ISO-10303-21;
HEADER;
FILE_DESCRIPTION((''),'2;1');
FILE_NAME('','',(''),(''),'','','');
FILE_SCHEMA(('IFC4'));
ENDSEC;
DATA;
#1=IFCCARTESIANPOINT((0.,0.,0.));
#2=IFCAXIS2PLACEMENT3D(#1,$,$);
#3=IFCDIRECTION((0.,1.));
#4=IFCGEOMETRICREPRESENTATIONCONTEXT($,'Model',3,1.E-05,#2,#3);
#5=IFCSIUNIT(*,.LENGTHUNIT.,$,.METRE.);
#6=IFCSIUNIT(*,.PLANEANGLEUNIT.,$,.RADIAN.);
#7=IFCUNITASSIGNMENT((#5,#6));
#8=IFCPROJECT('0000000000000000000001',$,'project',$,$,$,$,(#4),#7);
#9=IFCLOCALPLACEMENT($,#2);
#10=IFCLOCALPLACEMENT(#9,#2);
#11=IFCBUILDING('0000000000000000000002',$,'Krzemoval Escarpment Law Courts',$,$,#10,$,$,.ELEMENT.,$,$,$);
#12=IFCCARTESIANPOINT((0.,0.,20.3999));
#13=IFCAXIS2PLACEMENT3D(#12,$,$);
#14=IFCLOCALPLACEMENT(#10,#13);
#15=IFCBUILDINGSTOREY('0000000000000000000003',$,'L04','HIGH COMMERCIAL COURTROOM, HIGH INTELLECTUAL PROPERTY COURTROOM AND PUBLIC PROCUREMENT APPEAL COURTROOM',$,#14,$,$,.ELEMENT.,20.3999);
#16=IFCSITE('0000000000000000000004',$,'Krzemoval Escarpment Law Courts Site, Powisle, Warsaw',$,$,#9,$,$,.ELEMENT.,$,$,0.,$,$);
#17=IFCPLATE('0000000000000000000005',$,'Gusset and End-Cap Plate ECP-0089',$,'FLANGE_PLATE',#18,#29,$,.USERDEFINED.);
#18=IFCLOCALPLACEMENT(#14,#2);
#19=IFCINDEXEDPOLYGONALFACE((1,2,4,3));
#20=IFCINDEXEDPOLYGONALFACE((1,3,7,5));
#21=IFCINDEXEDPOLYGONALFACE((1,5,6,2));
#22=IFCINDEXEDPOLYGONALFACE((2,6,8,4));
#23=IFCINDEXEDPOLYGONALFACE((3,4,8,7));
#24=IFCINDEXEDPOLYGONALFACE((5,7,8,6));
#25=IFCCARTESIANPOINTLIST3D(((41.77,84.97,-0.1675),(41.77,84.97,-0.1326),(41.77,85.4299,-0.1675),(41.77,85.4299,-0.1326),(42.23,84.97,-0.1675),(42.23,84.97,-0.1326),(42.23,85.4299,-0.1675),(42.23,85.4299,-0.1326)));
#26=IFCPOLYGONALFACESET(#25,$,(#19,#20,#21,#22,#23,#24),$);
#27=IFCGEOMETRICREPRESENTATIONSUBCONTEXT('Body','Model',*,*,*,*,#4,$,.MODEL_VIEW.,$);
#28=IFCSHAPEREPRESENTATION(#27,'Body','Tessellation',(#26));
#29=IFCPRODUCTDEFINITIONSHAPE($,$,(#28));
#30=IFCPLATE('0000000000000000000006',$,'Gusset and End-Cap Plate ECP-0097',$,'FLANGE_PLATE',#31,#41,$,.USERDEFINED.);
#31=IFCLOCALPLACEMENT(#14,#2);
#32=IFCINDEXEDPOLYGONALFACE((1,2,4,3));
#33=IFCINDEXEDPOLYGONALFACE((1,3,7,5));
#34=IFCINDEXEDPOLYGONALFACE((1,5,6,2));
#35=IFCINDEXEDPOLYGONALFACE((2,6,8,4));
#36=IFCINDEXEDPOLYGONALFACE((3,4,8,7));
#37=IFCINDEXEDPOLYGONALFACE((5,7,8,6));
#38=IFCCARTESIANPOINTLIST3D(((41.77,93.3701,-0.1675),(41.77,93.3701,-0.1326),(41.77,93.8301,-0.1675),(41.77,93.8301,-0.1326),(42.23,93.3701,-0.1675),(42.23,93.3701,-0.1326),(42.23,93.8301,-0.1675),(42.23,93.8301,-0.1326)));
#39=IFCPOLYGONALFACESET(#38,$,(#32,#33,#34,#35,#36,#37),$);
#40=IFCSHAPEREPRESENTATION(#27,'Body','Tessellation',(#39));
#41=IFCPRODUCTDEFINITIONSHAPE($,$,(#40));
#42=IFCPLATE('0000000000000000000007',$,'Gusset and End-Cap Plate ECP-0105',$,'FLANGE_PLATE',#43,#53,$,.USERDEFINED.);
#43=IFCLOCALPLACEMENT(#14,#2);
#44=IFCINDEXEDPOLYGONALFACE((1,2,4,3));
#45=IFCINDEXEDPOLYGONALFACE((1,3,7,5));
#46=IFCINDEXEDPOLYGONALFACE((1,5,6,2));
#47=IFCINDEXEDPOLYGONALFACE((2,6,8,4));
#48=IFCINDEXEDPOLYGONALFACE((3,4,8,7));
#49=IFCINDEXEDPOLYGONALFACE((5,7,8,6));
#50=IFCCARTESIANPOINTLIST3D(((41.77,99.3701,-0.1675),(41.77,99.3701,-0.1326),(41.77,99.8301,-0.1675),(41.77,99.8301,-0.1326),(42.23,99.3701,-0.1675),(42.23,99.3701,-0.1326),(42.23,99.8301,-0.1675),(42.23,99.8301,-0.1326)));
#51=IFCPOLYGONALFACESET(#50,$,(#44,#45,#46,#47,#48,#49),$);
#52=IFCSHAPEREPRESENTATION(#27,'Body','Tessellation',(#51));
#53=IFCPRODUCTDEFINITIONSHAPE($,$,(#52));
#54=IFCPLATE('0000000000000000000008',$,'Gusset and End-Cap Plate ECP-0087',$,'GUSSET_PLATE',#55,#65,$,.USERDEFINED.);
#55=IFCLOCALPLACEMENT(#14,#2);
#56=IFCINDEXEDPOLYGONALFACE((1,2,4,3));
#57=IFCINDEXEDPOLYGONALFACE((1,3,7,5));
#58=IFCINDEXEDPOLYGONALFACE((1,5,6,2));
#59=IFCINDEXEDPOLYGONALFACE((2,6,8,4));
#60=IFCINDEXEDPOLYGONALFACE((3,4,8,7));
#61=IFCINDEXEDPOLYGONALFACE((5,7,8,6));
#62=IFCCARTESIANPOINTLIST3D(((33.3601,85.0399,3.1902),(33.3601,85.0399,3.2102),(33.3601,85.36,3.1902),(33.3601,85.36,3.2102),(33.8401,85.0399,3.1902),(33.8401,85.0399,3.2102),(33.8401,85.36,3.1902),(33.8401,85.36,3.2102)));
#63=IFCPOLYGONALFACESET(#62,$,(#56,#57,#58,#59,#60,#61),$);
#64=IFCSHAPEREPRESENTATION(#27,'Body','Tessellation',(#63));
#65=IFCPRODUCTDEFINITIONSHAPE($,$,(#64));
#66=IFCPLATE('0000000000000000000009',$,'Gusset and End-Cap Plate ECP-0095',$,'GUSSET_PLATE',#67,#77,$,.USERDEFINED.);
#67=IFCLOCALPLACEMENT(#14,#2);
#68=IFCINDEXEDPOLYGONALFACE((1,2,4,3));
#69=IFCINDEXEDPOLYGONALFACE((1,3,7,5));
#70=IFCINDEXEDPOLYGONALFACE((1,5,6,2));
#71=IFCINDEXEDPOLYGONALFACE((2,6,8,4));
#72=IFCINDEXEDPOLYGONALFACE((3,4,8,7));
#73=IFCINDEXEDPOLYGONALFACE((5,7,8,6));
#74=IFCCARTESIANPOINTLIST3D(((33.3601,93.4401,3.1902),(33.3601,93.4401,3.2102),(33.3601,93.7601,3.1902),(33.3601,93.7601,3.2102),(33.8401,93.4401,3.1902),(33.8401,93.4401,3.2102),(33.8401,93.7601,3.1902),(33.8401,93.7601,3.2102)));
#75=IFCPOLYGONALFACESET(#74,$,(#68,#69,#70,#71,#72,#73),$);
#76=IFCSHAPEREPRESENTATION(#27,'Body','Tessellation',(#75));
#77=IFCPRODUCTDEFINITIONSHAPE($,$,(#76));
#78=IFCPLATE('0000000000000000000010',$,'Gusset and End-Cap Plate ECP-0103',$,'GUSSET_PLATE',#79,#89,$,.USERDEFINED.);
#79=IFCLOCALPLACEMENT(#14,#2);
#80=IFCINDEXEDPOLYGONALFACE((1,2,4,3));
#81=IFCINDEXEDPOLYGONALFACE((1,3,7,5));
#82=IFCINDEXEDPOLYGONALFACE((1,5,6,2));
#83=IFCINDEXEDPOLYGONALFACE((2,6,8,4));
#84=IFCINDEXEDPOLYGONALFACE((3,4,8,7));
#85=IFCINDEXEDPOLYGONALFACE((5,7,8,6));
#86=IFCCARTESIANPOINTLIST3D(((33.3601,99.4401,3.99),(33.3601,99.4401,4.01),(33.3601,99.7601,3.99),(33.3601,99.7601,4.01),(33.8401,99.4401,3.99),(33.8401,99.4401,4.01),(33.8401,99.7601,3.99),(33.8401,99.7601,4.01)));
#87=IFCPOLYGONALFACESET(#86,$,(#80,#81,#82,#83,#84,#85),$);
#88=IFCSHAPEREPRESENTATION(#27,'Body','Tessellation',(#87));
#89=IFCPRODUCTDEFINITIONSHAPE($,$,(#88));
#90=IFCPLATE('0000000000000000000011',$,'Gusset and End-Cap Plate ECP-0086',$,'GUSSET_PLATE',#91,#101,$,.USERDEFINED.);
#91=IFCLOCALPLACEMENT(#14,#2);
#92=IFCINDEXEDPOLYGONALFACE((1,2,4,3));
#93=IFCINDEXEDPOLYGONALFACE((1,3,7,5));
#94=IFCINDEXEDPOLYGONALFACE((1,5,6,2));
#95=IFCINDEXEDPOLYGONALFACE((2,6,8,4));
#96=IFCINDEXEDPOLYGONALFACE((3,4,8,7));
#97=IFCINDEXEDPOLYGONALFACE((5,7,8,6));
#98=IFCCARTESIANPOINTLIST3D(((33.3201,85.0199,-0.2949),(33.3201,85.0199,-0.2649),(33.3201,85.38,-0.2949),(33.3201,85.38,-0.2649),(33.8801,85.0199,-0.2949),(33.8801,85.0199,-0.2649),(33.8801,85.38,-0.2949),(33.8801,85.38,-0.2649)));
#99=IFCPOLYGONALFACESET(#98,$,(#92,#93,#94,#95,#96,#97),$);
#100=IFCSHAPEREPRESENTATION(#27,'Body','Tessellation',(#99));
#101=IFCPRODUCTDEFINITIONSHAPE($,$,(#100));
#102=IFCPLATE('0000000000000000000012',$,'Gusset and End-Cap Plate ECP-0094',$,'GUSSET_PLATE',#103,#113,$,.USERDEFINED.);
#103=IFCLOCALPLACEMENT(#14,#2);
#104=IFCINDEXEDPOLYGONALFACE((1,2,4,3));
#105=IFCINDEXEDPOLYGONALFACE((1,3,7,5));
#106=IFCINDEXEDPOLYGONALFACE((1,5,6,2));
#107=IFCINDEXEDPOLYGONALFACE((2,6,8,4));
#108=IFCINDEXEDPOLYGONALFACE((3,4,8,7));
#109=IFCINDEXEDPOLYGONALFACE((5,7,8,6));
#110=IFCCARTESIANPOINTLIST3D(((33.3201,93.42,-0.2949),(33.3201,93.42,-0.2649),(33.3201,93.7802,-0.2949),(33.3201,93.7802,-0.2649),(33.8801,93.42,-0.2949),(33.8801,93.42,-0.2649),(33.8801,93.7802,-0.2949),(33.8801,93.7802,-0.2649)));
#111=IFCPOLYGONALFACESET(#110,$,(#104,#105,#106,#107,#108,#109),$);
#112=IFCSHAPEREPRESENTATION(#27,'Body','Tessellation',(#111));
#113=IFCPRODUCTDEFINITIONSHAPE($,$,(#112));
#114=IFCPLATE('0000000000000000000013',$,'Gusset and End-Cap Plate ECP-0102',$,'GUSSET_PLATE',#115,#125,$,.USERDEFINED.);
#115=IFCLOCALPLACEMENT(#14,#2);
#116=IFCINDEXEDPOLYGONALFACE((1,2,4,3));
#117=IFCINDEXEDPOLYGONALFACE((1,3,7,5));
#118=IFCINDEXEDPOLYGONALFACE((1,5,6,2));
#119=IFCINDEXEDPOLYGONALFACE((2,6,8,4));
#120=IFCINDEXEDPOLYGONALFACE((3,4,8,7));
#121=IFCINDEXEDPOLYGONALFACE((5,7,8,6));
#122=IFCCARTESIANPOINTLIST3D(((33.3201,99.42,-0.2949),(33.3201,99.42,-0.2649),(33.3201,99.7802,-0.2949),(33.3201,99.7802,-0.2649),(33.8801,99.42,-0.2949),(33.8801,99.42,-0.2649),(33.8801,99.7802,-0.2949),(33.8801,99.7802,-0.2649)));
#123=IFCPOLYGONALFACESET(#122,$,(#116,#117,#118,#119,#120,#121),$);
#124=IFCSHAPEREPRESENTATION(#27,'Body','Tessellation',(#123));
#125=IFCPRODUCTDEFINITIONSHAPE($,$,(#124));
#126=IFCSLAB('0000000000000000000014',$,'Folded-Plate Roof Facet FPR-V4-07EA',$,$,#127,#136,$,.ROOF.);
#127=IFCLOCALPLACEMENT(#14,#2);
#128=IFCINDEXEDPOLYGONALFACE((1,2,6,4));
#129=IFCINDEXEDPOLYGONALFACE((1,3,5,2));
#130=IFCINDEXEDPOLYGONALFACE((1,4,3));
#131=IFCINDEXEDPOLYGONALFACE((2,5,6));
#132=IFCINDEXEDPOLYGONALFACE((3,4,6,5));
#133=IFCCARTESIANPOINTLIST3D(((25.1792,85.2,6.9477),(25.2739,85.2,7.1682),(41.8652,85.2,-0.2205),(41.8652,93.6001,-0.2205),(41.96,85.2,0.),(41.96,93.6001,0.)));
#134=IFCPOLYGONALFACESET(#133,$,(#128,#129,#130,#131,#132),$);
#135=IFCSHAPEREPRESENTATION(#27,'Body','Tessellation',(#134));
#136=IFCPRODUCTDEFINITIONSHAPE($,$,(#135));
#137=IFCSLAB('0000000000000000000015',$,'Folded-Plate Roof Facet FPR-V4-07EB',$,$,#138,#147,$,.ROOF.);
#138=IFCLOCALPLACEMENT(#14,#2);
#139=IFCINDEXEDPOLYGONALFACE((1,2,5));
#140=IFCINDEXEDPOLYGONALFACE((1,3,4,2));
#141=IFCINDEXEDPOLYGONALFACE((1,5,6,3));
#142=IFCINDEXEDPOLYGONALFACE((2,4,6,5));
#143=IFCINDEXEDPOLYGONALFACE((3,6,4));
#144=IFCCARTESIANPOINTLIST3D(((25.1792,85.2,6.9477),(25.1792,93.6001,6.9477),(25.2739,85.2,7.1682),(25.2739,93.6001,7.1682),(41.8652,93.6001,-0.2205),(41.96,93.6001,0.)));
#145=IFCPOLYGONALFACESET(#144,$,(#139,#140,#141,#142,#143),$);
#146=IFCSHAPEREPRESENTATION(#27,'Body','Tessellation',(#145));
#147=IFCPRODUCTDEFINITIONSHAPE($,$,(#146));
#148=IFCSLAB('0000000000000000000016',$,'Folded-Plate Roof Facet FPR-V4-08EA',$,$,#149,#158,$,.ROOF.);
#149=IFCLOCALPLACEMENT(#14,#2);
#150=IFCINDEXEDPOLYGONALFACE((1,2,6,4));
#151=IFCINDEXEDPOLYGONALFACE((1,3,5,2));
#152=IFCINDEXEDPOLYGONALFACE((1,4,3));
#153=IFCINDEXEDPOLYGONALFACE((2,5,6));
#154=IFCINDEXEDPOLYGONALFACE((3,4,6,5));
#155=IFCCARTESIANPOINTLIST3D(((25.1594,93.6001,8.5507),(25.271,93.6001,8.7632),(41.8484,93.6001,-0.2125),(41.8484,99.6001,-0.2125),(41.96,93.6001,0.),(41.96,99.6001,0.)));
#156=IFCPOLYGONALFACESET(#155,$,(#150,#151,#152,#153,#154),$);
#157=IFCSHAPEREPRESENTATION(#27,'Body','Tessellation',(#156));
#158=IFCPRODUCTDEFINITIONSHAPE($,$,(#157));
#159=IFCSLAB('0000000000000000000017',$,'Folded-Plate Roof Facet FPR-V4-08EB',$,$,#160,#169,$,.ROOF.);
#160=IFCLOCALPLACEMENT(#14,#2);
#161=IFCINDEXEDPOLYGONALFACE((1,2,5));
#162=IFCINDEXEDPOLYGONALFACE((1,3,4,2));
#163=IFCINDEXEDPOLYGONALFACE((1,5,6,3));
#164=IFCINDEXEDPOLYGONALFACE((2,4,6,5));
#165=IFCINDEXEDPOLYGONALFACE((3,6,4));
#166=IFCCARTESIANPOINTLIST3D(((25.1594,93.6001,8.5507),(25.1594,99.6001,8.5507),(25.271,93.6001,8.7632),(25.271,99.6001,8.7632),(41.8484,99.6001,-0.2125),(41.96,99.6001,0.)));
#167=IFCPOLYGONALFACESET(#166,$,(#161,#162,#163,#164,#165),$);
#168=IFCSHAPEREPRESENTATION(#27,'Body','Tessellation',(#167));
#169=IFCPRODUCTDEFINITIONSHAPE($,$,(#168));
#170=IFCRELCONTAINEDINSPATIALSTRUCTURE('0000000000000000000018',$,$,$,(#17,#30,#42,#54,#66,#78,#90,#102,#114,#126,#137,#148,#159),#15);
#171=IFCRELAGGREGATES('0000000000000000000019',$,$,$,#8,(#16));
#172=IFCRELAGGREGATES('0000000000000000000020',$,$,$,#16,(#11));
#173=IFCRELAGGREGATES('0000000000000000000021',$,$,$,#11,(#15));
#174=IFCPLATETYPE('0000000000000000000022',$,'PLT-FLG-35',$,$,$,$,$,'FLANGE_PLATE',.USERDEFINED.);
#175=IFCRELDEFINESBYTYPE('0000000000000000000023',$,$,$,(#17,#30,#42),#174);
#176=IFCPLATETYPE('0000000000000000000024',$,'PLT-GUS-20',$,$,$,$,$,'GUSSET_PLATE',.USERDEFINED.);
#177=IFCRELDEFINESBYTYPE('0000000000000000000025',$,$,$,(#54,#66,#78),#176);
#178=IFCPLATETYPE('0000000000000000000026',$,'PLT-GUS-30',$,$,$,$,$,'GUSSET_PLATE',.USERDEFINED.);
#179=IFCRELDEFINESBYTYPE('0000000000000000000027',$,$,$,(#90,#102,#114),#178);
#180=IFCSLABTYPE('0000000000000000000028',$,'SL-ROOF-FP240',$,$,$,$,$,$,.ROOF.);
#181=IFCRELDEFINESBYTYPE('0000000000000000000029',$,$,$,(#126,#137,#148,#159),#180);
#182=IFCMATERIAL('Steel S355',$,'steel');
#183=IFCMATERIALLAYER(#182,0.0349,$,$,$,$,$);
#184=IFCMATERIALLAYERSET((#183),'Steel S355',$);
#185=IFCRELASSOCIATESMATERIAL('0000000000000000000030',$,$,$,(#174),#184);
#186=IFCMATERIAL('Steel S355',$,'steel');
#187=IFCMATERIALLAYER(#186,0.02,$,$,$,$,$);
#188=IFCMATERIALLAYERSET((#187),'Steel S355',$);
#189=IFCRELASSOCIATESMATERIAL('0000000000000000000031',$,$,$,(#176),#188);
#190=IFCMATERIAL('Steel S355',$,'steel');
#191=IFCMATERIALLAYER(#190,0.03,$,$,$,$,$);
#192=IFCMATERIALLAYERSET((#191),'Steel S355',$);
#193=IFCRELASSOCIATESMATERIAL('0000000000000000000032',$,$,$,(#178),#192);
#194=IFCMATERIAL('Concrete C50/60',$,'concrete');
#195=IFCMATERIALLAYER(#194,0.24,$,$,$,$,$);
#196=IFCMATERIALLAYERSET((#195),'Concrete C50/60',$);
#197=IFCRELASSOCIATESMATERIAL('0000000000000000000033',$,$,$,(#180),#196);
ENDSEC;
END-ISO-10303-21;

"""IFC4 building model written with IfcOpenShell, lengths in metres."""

from ifc_helpers import new_model, si_unit, direction, frame, origin, origin_2d, place, context, subcontext, project, spatial, polyline, rectangle, outline, extrude, material, layer, layer_set, type_object, element, save


model = new_model("IFC4")

# Units and contexts
model_context = context("Model", 3, precision=1e-05, world=origin(), true_north=direction((0.0, 1.0)))
body_context = subcontext(model_context, "Body", "Model", "MODEL_VIEW")
ifc_project = project(units=[si_unit("LENGTHUNIT", "METRE"), si_unit("PLANEANGLEUNIT", "RADIAN")], contexts=[model_context])

# Site, building, storey
site_placement = place(None, origin())
site = spatial("IfcSite", under=ifc_project, at=site_placement, Name="Krzemoval Escarpment Law Courts Site, Powisle, Warsaw", CompositionType="ELEMENT", RefElevation=0.0)
building_placement = place(site_placement, origin())
building = spatial("IfcBuilding", under=site, at=building_placement, Name="Krzemoval Escarpment Law Courts", CompositionType="ELEMENT")
storey_placement = place(building_placement, frame((0.0, 0.0, 20.3999)))
storey = spatial("IfcBuildingStorey", under=building, at=storey_placement, Name="L04", Description="HIGH COMMERCIAL COURTROOM, HIGH INTELLECTUAL PROPERTY COURTROOM AND PUBLIC PROCUREMENT APPEAL COURTROOM", CompositionType="ELEMENT", Elevation=20.3999)

# Plates
ifc_material_1 = material(Name="Steel S355", Category="steel")
ifc_layer_1 = layer(ifc_material_1, 0.0349)
ifc_layer_set_1 = layer_set([ifc_layer_1], Name="Steel S355")
plate_type_1 = type_object("IfcPlateType", Name="PLT-FLG-35", ElementType="FLANGE_PLATE", PredefinedType="USERDEFINED", material=ifc_layer_set_1)
for number, where, z_axis, x_axis, name in (
    (1, (42.0, 85.2, -0.1675), (0.0, 0.0, 1.0), (1.0, 0.0, 0.0), "Gusset and End-Cap Plate ECP-0089"),
    (2, (42.0, 93.6001, -0.1675), (0.0, 0.0, 1.0), (1.0, 0.0, 0.0), "Gusset and End-Cap Plate ECP-0097"),
    (3, (42.0, 99.6001, -0.1675), (0.0, 0.0, 1.0), (1.0, 0.0, 0.0), "Gusset and End-Cap Plate ECP-0105"),
):
    element("IfcPlate", number, at=place(storey_placement, frame(where, z_axis=z_axis, x_axis=x_axis)), inside=storey, type_object=plate_type_1, Name=name, ObjectType="FLANGE_PLATE", PredefinedType="USERDEFINED", context=body_context, shape_type="SweptSolid", body=[
        extrude(rectangle(XDim=0.46, YDim=0.46, at=origin_2d()), origin(), (0.0, 0.0, 1.0), 0.0349),
    ])
ifc_material_2 = material(Name="Steel S355", Category="steel")
ifc_layer_2 = layer(ifc_material_2, 0.02)
ifc_layer_set_2 = layer_set([ifc_layer_2], Name="Steel S355")
plate_type_2 = type_object("IfcPlateType", Name="PLT-GUS-20", ElementType="GUSSET_PLATE", PredefinedType="USERDEFINED", material=ifc_layer_set_2)
for number, where, z_axis, x_axis, name in (
    (4, (33.6001, 85.2, 3.1902), (0.0, 0.0, 1.0), (1.0, 0.0, 0.0), "Gusset and End-Cap Plate ECP-0087"),
    (5, (33.6001, 93.6001, 3.1902), (0.0, 0.0, 1.0), (1.0, 0.0, 0.0), "Gusset and End-Cap Plate ECP-0095"),
    (6, (33.6001, 99.6001, 3.99), (0.0, 0.0, 1.0), (1.0, 0.0, 0.0), "Gusset and End-Cap Plate ECP-0103"),
):
    element("IfcPlate", number, at=place(storey_placement, frame(where, z_axis=z_axis, x_axis=x_axis)), inside=storey, type_object=plate_type_2, Name=name, ObjectType="GUSSET_PLATE", PredefinedType="USERDEFINED", context=body_context, shape_type="SweptSolid", body=[
        extrude(rectangle(XDim=0.48, YDim=0.3201, at=origin_2d()), origin(), (0.0, 0.0, 1.0), 0.02),
    ])
ifc_material_3 = material(Name="Steel S355", Category="steel")
ifc_layer_3 = layer(ifc_material_3, 0.03)
ifc_layer_set_3 = layer_set([ifc_layer_3], Name="Steel S355")
plate_type_3 = type_object("IfcPlateType", Name="PLT-GUS-30", ElementType="GUSSET_PLATE", PredefinedType="USERDEFINED", material=ifc_layer_set_3)
for number, where, z_axis, x_axis, name in (
    (7, (33.6001, 85.2, -0.2949), (0.0, 0.0, 1.0), (1.0, 0.0, 0.0), "Gusset and End-Cap Plate ECP-0086"),
    (8, (33.6001, 93.6001, -0.2949), (0.0, 0.0, 1.0), (1.0, 0.0, 0.0), "Gusset and End-Cap Plate ECP-0094"),
    (9, (33.6001, 99.6001, -0.2949), (0.0, 0.0, 1.0), (1.0, 0.0, 0.0), "Gusset and End-Cap Plate ECP-0102"),
):
    element("IfcPlate", number, at=place(storey_placement, frame(where, z_axis=z_axis, x_axis=x_axis)), inside=storey, type_object=plate_type_3, Name=name, ObjectType="GUSSET_PLATE", PredefinedType="USERDEFINED", context=body_context, shape_type="SweptSolid", body=[
        extrude(rectangle(XDim=0.5601, YDim=0.3601, at=origin_2d()), origin(), (0.0, 0.0, 1.0), 0.03),
    ])

# Slabs
ifc_material_4 = material(Name="Concrete C50/60", Category="concrete")
ifc_layer_4 = layer(ifc_material_4, 0.24)
ifc_layer_set_4 = layer_set([ifc_layer_4], Name="Concrete C50/60")
slab_type = type_object("IfcSlabType", Name="SL-ROOF-FP240", PredefinedType="ROOF", material=ifc_layer_set_4)
slab_1_placement = place(storey_placement, frame((25.2739, 85.2, 7.1682), z_axis=(0.394713, 0.0, 0.918805), x_axis=(0.918805, 0.0, -0.394713)))
element("IfcSlab", 10, at=slab_1_placement, inside=storey, type_object=slab_type, Name="Folded-Plate Roof Facet FPR-V4-07EA", PredefinedType="ROOF", context=body_context, shape_type="SweptSolid", body=[
    extrude(outline(polyline([(0.0, 0.0), (18.1606, 0.0), (18.1606, 8.4001), (0.0, 0.0)])), origin(), (0.0, 0.0, -1.0), 0.24),
])
slab_2_placement = place(storey_placement, frame((25.2739, 85.2, 7.1682), z_axis=(0.394713, 0.0, 0.918805), x_axis=(0.833917, 0.419813, -0.358245)))
element("IfcSlab", 11, at=slab_2_placement, inside=storey, type_object=slab_type, Name="Folded-Plate Roof Facet FPR-V4-07EB", PredefinedType="ROOF", context=body_context, shape_type="SweptSolid", body=[
    extrude(outline(polyline([(0.0, 0.0), (20.0092, 0.0), (3.5265, 7.6241), (0.0, 0.0)])), origin(), (0.0, 0.0, -1.0), 0.24),
])
slab_3_placement = place(storey_placement, frame((25.271, 93.6001, 8.7632), z_axis=(0.464895, 0.0, 0.885366), x_axis=(0.885366, 0.0, -0.464895)))
element("IfcSlab", 12, at=slab_3_placement, inside=storey, type_object=slab_type, Name="Folded-Plate Roof Facet FPR-V4-08EA", PredefinedType="ROOF", context=body_context, shape_type="SweptSolid", body=[
    extrude(outline(polyline([(0.0, 0.0), (18.8498, 0.0), (18.8498, 6.0), (0.0, 0.0)])), origin(), (0.0, 0.0, -1.0), 0.24),
])
slab_4_placement = place(storey_placement, frame((25.271, 93.6001, 8.7632), z_axis=(0.464895, 0.0, 0.885366), x_axis=(0.843658, 0.303311, -0.442995)))
element("IfcSlab", 13, at=slab_4_placement, inside=storey, type_object=slab_type, Name="Folded-Plate Roof Facet FPR-V4-08EB", PredefinedType="ROOF", context=body_context, shape_type="SweptSolid", body=[
    extrude(outline(polyline([(0.0, 0.0), (19.7817, 0.0), (1.8199, 5.7173), (0.0, 0.0)])), origin(), (0.0, 0.0, -1.0), 0.24),
])

save(model, "model.ifc")
